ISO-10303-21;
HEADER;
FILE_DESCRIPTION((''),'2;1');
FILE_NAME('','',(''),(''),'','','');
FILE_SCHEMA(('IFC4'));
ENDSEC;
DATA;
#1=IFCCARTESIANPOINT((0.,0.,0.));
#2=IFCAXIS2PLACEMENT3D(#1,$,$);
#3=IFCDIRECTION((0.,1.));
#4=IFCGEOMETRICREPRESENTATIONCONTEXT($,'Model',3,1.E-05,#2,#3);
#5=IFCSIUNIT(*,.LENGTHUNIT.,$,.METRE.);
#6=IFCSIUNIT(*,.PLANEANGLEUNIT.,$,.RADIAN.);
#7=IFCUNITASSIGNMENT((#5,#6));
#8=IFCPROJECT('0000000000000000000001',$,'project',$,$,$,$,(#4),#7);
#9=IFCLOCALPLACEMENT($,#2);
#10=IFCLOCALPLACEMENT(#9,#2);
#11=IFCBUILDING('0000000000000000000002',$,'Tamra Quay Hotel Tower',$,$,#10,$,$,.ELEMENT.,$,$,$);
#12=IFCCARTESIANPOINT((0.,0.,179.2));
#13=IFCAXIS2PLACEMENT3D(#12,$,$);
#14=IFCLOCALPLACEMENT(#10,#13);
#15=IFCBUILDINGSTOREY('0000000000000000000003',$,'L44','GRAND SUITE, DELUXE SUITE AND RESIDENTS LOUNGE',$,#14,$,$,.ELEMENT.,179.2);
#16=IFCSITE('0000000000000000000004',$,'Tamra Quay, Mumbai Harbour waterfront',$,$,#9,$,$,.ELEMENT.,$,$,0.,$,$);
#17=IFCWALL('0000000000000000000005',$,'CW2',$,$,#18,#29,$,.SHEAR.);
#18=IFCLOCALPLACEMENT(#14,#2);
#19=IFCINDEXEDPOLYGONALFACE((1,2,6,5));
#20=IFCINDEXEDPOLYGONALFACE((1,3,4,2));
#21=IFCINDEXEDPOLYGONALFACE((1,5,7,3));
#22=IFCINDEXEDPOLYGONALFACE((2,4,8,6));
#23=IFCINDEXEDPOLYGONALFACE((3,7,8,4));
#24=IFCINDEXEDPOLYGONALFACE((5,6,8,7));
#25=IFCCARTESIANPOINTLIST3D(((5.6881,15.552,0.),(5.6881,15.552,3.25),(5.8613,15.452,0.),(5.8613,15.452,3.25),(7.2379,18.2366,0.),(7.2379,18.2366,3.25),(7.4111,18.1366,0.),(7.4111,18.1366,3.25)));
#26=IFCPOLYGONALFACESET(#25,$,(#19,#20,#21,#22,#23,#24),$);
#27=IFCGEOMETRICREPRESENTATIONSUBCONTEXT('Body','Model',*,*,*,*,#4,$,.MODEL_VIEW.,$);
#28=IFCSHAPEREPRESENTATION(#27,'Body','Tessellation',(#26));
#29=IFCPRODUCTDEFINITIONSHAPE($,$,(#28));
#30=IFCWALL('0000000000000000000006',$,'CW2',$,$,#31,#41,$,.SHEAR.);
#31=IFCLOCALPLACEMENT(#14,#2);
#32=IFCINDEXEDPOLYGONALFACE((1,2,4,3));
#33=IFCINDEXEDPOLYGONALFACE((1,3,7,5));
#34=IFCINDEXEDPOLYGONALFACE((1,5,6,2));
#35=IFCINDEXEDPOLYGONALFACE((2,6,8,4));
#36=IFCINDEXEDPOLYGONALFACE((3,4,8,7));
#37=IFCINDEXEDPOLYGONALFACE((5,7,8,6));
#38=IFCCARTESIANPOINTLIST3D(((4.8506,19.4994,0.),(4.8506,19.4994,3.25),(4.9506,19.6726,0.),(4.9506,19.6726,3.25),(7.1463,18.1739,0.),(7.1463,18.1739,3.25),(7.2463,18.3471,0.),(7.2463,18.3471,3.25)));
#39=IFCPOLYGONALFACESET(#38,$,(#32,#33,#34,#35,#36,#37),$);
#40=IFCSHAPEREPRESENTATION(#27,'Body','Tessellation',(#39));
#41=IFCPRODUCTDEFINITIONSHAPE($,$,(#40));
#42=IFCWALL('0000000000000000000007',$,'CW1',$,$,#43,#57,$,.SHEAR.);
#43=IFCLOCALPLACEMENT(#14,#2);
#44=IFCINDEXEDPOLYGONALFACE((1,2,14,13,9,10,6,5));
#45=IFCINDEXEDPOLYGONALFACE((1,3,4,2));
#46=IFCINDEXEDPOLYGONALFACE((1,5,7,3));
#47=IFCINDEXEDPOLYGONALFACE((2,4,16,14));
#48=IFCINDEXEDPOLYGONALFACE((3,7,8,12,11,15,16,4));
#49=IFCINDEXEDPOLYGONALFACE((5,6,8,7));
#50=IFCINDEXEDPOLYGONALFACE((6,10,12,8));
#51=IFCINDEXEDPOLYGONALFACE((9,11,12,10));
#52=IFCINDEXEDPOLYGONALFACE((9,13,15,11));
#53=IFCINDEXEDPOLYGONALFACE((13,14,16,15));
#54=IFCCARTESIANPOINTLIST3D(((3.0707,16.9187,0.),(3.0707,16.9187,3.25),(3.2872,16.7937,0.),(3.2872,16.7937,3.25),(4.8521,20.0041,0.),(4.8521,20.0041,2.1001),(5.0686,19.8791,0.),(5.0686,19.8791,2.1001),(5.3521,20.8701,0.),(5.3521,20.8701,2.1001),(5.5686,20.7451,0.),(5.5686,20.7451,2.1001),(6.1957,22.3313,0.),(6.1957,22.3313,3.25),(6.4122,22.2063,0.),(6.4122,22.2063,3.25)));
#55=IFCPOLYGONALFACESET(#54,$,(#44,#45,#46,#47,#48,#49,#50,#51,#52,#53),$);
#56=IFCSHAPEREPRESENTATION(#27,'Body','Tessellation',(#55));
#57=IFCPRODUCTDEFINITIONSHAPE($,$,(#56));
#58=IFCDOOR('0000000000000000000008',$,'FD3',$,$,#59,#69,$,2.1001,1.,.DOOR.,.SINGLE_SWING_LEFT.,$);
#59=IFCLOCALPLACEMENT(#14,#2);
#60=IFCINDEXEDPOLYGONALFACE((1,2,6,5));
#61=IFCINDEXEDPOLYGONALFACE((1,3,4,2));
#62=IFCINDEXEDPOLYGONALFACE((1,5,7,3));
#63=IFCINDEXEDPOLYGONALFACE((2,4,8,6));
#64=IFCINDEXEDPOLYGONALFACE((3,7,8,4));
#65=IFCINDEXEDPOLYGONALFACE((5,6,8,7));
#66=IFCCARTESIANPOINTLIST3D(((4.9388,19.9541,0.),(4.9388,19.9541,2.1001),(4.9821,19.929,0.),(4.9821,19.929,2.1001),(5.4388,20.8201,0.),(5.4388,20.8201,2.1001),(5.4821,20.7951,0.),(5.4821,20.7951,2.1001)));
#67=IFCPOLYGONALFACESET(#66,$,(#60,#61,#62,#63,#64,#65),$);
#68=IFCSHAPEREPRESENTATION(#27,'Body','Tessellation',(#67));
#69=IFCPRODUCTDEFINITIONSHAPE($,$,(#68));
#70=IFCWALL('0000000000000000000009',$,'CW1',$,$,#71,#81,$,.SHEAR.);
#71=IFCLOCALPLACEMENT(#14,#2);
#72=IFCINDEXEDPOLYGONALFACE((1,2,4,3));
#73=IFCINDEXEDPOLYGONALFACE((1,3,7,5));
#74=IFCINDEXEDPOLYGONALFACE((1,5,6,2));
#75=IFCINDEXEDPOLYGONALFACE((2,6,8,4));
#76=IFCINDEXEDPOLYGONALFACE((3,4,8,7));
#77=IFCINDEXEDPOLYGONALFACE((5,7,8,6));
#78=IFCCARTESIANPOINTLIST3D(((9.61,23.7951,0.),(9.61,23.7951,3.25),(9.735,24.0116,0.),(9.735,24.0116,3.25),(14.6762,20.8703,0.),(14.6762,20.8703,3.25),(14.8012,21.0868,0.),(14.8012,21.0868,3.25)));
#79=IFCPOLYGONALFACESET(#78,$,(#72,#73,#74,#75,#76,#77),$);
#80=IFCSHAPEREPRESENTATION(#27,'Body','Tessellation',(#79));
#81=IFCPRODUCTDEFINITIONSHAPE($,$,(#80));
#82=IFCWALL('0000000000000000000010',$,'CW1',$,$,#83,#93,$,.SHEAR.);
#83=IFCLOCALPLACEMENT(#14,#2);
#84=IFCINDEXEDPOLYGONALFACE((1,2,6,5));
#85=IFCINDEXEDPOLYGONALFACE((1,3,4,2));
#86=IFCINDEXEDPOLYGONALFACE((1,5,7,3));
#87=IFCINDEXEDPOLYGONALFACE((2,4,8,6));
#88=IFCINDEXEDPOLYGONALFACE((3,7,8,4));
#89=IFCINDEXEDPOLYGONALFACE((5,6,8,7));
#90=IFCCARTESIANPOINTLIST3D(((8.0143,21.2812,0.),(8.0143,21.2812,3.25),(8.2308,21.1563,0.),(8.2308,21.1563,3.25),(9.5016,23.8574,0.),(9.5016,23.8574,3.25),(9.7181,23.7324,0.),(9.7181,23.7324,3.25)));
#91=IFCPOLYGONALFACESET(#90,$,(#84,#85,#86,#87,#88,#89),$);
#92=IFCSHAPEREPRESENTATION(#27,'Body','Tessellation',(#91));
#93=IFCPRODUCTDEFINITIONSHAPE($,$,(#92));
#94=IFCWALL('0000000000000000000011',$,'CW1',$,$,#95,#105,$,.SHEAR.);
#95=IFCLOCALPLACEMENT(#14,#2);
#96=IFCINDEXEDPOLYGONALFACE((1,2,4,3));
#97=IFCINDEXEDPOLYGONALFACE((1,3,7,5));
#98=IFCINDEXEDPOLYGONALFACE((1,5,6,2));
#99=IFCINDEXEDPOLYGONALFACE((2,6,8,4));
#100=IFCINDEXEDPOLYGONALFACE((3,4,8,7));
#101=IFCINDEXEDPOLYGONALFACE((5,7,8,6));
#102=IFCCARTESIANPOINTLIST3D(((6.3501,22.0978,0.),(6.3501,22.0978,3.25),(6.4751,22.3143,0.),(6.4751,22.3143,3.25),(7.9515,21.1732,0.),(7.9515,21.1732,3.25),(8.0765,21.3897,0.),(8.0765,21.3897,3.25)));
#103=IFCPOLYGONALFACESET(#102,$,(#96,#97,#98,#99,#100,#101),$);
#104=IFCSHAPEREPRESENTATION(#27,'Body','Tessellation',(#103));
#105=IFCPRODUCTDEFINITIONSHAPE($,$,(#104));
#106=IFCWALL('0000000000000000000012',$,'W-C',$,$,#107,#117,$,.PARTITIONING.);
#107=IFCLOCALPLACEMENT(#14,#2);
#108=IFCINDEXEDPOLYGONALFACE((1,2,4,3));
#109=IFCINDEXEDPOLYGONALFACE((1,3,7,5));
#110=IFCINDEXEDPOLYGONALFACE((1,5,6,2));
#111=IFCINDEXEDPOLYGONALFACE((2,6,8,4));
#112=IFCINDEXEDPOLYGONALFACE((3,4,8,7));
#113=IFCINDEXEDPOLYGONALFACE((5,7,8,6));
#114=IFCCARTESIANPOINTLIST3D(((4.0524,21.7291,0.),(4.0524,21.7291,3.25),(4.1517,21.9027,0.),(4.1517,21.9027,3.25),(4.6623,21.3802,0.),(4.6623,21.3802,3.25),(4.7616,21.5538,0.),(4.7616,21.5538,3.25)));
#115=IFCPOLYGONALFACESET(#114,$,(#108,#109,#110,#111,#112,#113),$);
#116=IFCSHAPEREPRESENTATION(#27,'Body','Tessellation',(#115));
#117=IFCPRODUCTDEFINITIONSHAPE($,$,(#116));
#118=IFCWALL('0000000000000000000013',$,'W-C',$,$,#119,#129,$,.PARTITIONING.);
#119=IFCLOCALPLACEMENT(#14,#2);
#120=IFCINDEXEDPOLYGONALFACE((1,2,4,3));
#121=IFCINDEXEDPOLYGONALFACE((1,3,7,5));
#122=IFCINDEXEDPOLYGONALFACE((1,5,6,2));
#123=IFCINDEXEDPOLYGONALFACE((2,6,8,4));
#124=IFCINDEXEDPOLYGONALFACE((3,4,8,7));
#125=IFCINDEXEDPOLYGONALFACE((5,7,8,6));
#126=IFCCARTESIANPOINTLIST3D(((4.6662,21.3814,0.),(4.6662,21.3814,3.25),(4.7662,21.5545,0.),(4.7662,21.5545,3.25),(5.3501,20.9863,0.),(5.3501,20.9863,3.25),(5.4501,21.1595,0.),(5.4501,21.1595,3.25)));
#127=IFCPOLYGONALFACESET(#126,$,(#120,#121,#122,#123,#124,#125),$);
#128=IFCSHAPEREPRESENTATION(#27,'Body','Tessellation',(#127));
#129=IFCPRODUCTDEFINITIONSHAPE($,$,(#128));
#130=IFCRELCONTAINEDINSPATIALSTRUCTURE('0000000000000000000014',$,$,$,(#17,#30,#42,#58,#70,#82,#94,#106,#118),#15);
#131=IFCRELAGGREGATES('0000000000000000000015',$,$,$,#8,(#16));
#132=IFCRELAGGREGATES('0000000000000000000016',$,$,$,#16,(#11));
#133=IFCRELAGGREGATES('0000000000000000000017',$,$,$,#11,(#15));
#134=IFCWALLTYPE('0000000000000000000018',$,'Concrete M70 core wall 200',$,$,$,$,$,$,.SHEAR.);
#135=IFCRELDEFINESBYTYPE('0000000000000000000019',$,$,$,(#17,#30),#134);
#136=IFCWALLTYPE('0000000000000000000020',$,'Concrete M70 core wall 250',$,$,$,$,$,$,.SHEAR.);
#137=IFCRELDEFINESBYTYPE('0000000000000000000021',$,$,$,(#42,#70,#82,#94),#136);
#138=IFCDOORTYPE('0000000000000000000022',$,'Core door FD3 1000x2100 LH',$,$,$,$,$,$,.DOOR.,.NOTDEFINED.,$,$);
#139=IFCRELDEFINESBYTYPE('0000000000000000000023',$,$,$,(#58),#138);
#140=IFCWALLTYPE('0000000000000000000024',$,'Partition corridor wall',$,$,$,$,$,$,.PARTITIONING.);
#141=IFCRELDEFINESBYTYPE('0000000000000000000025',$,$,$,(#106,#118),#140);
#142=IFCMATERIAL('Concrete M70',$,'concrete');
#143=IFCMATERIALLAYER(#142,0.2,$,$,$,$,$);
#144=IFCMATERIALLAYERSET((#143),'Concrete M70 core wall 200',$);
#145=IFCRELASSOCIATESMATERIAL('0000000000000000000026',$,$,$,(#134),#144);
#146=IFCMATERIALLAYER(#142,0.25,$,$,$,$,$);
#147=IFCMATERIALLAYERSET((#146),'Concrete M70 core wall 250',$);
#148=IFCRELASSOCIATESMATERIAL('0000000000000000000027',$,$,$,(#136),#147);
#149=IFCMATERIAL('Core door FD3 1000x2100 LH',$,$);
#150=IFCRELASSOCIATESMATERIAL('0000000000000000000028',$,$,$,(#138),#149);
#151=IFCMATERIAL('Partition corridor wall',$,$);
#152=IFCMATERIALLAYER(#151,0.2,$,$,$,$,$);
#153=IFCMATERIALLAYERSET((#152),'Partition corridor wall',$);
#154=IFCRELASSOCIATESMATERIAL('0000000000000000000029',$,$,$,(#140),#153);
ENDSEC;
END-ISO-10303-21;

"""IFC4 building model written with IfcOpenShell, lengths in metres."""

from ifc_helpers import new_model, si_unit, direction, frame, frame_2d, origin, place, context, subcontext, project, spatial, rectangle, extrude, material, layer, layer_set, type_object, element, fill, save


model = new_model("IFC4")

# Units and contexts
model_context = context("Model", 3, precision=1e-05, world=origin(), true_north=direction((0.0, 1.0)))
body_context = subcontext(model_context, "Body", "Model", "MODEL_VIEW")
ifc_project = project(units=[si_unit("LENGTHUNIT", "METRE"), si_unit("PLANEANGLEUNIT", "RADIAN")], contexts=[model_context])

# Site, building, storey
site_placement = place(None, origin())
site = spatial("IfcSite", under=ifc_project, at=site_placement, Name="Tamra Quay, Mumbai Harbour waterfront", CompositionType="ELEMENT", RefElevation=0.0)
building_placement = place(site_placement, origin())
building = spatial("IfcBuilding", under=site, at=building_placement, Name="Tamra Quay Hotel Tower", CompositionType="ELEMENT")
storey_placement = place(building_placement, frame((0.0, 0.0, 179.2)))
storey = spatial("IfcBuildingStorey", under=building, at=storey_placement, Name="L44", Description="GRAND SUITE, DELUXE SUITE AND RESIDENTS LOUNGE", CompositionType="ELEMENT", Elevation=179.2)

# Shared definitions
ifc_material_1 = material(Name="Concrete M70", Category="concrete")

# Shared definitions
ifc_layer_1 = layer(ifc_material_1, 0.2)
ifc_layer_set_1 = layer_set([ifc_layer_1], Name="Concrete M70 core wall 200")
wall_type_1 = type_object("IfcWallType", Name="Concrete M70 core wall 200", PredefinedType="SHEAR", material=ifc_layer_set_1)

# Walls
wall_1_placement = place(storey_placement, frame((7.3245, 18.1865, 0.0), z_axis=(0.0, 0.0, 1.0), x_axis=(-0.499968, -0.866044, 0.0)))
element("IfcWall", 1, at=wall_1_placement, inside=storey, type_object=wall_type_1, Name="CW2", PredefinedType="SHEAR", context=body_context, shape_type="SweptSolid", body=[
    extrude(rectangle(XDim=3.0999, YDim=0.2, at=frame_2d((1.5498, 0.0))), origin(), (0.0, 0.0, 1.0), 3.25),
])
wall_2_placement = place(storey_placement, frame((7.1963, 18.2605, 0.0), z_axis=(0.0, 0.0, 1.0), x_axis=(-0.866018, 0.500012, 0.0)))
element("IfcWall", 2, at=wall_2_placement, inside=storey, type_object=wall_type_1, Name="CW2", PredefinedType="SHEAR", context=body_context, shape_type="SweptSolid", body=[
    extrude(rectangle(XDim=2.6509, YDim=0.2, at=frame_2d((1.3254, 0.0))), origin(), (0.0, 0.0, 1.0), 3.25),
])

# Wall, opening, door
ifc_layer_2 = layer(ifc_material_1, 0.25)
ifc_layer_set_2 = layer_set([ifc_layer_2], Name="Concrete M70 core wall 250")
wall_type_2 = type_object("IfcWallType", Name="Concrete M70 core wall 250", PredefinedType="SHEAR", material=ifc_layer_set_2)
wall_3_placement = place(storey_placement, frame((3.179, 16.8562, 0.0), z_axis=(0.0, 0.0, 1.0), x_axis=(0.500004, 0.866023, 0.0)))
wall_3 = element("IfcWall", 3, at=wall_3_placement, inside=storey, type_object=wall_type_2, Name="CW1", PredefinedType="SHEAR", context=body_context, shape_type="SweptSolid", body=[
    extrude(rectangle(XDim=6.25, YDim=0.25, at=frame_2d((3.125, 0.0))), origin(), (0.0, 0.0, 1.0), 3.25),
])
opening_1_placement = place(wall_3_placement, frame((3.5627, 0.0, 0.0)))
opening_1 = element("IfcOpeningElement", 4, at=opening_1_placement, cuts=wall_3, PredefinedType="OPENING", context=body_context, shape_type="SweptSolid", body=[
    extrude(rectangle(XDim=1.0, YDim=2.1001, at=frame_2d((0.5, 1.05))), frame((0.0, 0.135, 0.0), z_axis=(0.0, -1.0, 0.0), x_axis=(1.0, 0.0, 0.0)), (0.0, 0.0, 1.0), 0.27),
])
ifc_material_2 = material(Name="Core door FD3 1000x2100 LH")
door_type_1 = type_object("IfcDoorType", Name="Core door FD3 1000x2100 LH", OperationType="NOTDEFINED", PredefinedType="DOOR", material=ifc_material_2)
door_1_placement = place(opening_1_placement, origin())
door_1 = element("IfcDoor", 5, at=door_1_placement, inside=storey, type_object=door_type_1, Name="FD3", OperationType="SINGLE_SWING_LEFT", OverallHeight=2.1001, OverallWidth=1.0, PredefinedType="DOOR", context=body_context, shape_type="SweptSolid", body=[
    extrude(rectangle(XDim=1.0, YDim=2.1001, at=frame_2d((0.5, 1.05))), frame((0.0, 0.0249, 0.0), z_axis=(0.0, -1.0, 0.0), x_axis=(1.0, 0.0, 0.0)), (0.0, 0.0, 1.0), 0.05),
])
fill(opening_1, door_1)

# Walls
wall_4_placement = place(storey_placement, frame((9.6726, 23.9033, 0.0), z_axis=(0.0, 0.0, 1.0), x_axis=(0.866036, -0.499981, 0.0)))
element("IfcWall", 6, at=wall_4_placement, inside=storey, type_object=wall_type_2, Name="CW1", PredefinedType="SHEAR", context=body_context, shape_type="SweptSolid", body=[
    extrude(rectangle(XDim=5.8499, YDim=0.25, at=frame_2d((2.9248, 0.0))), origin(), (0.0, 0.0, 1.0), 3.25),
])
wall_5_placement = place(storey_placement, frame((8.1226, 21.2188, 0.0), z_axis=(0.0, 0.0, 1.0), x_axis=(0.499988, 0.866033, 0.0)))
element("IfcWall", 7, at=wall_5_placement, inside=storey, type_object=wall_type_2, Name="CW1", PredefinedType="SHEAR", context=body_context, shape_type="SweptSolid", body=[
    extrude(rectangle(XDim=2.9746, YDim=0.25, at=frame_2d((1.4873, 0.0))), origin(), (0.0, 0.0, 1.0), 3.25),
])
wall_6_placement = place(storey_placement, frame((6.4126, 22.2061, 0.0), z_axis=(0.0, 0.0, 1.0), x_axis=(0.866016, -0.500016, 0.0)))
element("IfcWall", 8, at=wall_6_placement, inside=storey, type_object=wall_type_2, Name="CW1", PredefinedType="SHEAR", context=body_context, shape_type="SweptSolid", body=[
    extrude(rectangle(XDim=1.8491, YDim=0.25, at=frame_2d((0.9246, 0.0))), origin(), (0.0, 0.0, 1.0), 3.25),
])
ifc_material_3 = material(Name="Partition corridor wall")
ifc_layer_3 = layer(ifc_material_3, 0.2)
ifc_layer_set_3 = layer_set([ifc_layer_3], Name="Partition corridor wall")
wall_type_3 = type_object("IfcWallType", Name="Partition corridor wall", PredefinedType="PARTITIONING", material=ifc_layer_set_3)
wall_7_placement = place(storey_placement, frame((4.1021, 21.8159, 0.0), z_axis=(0.0, 0.0, 1.0), x_axis=(0.868008, -0.496551, 0.0)))
element("IfcWall", 9, at=wall_7_placement, inside=storey, type_object=wall_type_3, Name="W-C", PredefinedType="PARTITIONING", context=body_context, shape_type="SweptSolid", body=[
    extrude(rectangle(XDim=0.7026, YDim=0.2, at=frame_2d((0.3513, 0.0))), origin(), (0.0, 0.0, 1.0), 3.25),
])
wall_8_placement = place(storey_placement, frame((4.7161, 21.468, 0.0), z_axis=(0.0, 0.0, 1.0), x_axis=(0.865913, -0.500195, 0.0)))
element("IfcWall", 10, at=wall_8_placement, inside=storey, type_object=wall_type_3, Name="W-C", PredefinedType="PARTITIONING", context=body_context, shape_type="SweptSolid", body=[
    extrude(rectangle(XDim=0.7898, YDim=0.2, at=frame_2d((0.395, 0.0))), origin(), (0.0, 0.0, 1.0), 3.25),
])

save(model, "model.ifc")
